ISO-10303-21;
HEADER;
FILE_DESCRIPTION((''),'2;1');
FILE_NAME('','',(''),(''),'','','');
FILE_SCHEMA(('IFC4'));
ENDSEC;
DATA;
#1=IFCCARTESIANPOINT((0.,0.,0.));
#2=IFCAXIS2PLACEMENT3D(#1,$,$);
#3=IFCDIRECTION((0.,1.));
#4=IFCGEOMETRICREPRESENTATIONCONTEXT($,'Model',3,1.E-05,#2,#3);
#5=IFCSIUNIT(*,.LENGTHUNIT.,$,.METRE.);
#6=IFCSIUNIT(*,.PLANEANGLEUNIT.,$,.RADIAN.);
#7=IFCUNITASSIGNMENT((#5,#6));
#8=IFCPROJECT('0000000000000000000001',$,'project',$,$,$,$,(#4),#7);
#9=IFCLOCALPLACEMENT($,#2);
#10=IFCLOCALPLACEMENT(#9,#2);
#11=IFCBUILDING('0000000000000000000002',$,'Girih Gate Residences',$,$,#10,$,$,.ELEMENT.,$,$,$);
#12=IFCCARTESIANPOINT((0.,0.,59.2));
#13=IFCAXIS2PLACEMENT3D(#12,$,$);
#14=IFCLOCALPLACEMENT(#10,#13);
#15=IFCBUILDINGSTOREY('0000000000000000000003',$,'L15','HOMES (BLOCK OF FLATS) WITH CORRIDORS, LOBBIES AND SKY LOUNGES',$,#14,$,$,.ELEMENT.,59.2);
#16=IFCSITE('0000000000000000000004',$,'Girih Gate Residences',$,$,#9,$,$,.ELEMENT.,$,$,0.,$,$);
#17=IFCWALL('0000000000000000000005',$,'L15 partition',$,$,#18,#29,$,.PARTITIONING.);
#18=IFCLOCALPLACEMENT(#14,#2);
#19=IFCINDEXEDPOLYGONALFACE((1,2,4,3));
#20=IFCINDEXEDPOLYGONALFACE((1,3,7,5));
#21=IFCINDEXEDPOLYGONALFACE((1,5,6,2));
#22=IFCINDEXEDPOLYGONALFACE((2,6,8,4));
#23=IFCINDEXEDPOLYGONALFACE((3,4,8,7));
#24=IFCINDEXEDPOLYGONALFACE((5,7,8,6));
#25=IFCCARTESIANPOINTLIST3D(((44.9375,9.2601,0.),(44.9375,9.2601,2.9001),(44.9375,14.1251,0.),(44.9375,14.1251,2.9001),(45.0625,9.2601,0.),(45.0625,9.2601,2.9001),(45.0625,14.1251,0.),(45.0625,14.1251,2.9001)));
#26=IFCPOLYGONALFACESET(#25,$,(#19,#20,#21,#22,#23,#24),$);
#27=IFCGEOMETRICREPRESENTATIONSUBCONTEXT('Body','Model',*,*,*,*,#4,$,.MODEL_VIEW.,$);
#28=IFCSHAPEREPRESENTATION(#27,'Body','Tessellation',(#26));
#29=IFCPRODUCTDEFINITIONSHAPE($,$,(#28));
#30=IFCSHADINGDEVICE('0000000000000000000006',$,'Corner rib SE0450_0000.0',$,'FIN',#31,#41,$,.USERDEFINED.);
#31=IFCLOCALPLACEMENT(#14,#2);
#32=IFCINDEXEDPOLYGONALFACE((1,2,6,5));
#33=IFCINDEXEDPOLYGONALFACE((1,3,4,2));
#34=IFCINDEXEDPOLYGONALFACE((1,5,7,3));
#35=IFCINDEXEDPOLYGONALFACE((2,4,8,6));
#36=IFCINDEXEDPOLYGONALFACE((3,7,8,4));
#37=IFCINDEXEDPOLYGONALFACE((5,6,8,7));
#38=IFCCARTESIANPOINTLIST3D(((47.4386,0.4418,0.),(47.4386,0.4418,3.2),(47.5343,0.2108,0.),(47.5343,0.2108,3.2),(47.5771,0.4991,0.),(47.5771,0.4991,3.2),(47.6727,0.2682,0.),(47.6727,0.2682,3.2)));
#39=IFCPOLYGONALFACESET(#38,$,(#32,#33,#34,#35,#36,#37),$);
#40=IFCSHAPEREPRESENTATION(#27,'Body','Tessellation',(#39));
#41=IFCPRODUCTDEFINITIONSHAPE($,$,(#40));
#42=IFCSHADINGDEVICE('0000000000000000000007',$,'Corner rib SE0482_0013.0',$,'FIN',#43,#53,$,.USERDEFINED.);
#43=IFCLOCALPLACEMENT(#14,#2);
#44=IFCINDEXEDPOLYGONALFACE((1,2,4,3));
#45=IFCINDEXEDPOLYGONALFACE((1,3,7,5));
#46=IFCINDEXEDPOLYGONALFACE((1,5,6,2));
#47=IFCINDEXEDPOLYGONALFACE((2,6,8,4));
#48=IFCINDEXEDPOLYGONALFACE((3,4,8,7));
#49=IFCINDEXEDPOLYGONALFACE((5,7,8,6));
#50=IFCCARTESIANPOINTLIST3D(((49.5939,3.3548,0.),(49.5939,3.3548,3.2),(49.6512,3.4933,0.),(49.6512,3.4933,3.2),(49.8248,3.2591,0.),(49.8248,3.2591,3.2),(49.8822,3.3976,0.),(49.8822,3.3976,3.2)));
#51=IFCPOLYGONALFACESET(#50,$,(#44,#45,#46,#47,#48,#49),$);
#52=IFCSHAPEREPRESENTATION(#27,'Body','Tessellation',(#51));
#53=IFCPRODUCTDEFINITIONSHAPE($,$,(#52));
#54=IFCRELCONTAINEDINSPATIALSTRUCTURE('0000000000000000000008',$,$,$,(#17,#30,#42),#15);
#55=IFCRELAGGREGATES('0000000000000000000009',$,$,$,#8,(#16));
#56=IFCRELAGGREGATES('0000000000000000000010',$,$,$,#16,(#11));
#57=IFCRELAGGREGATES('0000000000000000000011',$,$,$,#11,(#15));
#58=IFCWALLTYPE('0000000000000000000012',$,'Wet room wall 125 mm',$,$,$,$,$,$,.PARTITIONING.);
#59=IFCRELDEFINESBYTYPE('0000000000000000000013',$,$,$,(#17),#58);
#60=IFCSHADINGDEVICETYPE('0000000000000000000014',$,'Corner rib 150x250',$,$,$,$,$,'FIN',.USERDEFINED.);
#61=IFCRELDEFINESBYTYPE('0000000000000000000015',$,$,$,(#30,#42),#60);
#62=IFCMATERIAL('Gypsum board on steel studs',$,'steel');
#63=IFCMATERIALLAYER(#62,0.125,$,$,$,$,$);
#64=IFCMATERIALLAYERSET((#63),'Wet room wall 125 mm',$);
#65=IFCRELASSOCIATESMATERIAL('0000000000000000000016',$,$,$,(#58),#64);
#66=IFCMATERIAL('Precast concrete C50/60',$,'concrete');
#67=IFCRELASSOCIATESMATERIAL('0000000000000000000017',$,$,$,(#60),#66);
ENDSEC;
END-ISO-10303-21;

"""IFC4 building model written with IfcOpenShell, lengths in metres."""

from ifc_helpers import new_model, si_unit, direction, frame, frame_2d, origin, origin_2d, place, context, subcontext, project, spatial, rectangle, extrude, material, layer, layer_set, type_object, element, save


model = new_model("IFC4")

# Units and contexts
model_context = context("Model", 3, precision=1e-05, world=origin(), true_north=direction((0.0, 1.0)))
body_context = subcontext(model_context, "Body", "Model", "MODEL_VIEW")
ifc_project = project(units=[si_unit("LENGTHUNIT", "METRE"), si_unit("PLANEANGLEUNIT", "RADIAN")], contexts=[model_context])

# Site, building, storey
site_placement = place(None, origin())
site = spatial("IfcSite", under=ifc_project, at=site_placement, Name="Girih Gate Residences", CompositionType="ELEMENT", RefElevation=0.0)
building_placement = place(site_placement, origin())
building = spatial("IfcBuilding", under=site, at=building_placement, Name="Girih Gate Residences", CompositionType="ELEMENT")
storey_placement = place(building_placement, frame((0.0, 0.0, 59.2)))
storey = spatial("IfcBuildingStorey", under=building, at=storey_placement, Name="L15", Description="HOMES (BLOCK OF FLATS) WITH CORRIDORS, LOBBIES AND SKY LOUNGES", CompositionType="ELEMENT", Elevation=59.2)

# Shared definitions
ifc_material_1 = material(Name="Precast concrete C50/60", Category="concrete")

# Wall
ifc_material_2 = material(Name="Gypsum board on steel studs", Category="steel")
ifc_layer_1 = layer(ifc_material_2, 0.125)
ifc_layer_set_1 = layer_set([ifc_layer_1], Name="Wet room wall 125 mm")
wall_type_1 = type_object("IfcWallType", Name="Wet room wall 125 mm", PredefinedType="PARTITIONING", material=ifc_layer_set_1)
wall_1_placement = place(storey_placement, frame((45.0, 9.26, 0.0), z_axis=(0.0, 0.0, 1.0), x_axis=(0.0, 1.0, 0.0)))
element("IfcWall", 1, at=wall_1_placement, inside=storey, type_object=wall_type_1, Name="L15 partition", PredefinedType="PARTITIONING", context=body_context, shape_type="SweptSolid", body=[
    extrude(rectangle(XDim=4.865, YDim=0.125, at=frame_2d((2.4326, 0.0))), origin(), (0.0, 0.0, 1.0), 2.9001),
])

# Shading devices
shading_device_type = type_object("IfcShadingDeviceType", Name="Corner rib 150x250", ElementType="FIN", PredefinedType="USERDEFINED", material=ifc_material_1)
for number, where, z_axis, x_axis, name in (
    (2, (47.5557, 0.355, 0.0), (0.0, 0.0, 1.0), (0.92388, 0.382683, 0.0), "Corner rib SE0450_0000.0"),
    (3, (49.738, 3.3762, 0.0), (0.0, 0.0, 1.0), (0.382683, 0.92388, 0.0), "Corner rib SE0482_0013.0"),
):
    element("IfcShadingDevice", number, at=place(storey_placement, frame(where, z_axis=z_axis, x_axis=x_axis)), inside=storey, type_object=shading_device_type, Name=name, ObjectType="FIN", PredefinedType="USERDEFINED", context=body_context, shape_type="SweptSolid", body=[
        extrude(rectangle(XDim=0.1499, YDim=0.25, at=origin_2d()), origin(), (0.0, 0.0, 1.0), 3.2),
    ])

save(model, "model.ifc")
